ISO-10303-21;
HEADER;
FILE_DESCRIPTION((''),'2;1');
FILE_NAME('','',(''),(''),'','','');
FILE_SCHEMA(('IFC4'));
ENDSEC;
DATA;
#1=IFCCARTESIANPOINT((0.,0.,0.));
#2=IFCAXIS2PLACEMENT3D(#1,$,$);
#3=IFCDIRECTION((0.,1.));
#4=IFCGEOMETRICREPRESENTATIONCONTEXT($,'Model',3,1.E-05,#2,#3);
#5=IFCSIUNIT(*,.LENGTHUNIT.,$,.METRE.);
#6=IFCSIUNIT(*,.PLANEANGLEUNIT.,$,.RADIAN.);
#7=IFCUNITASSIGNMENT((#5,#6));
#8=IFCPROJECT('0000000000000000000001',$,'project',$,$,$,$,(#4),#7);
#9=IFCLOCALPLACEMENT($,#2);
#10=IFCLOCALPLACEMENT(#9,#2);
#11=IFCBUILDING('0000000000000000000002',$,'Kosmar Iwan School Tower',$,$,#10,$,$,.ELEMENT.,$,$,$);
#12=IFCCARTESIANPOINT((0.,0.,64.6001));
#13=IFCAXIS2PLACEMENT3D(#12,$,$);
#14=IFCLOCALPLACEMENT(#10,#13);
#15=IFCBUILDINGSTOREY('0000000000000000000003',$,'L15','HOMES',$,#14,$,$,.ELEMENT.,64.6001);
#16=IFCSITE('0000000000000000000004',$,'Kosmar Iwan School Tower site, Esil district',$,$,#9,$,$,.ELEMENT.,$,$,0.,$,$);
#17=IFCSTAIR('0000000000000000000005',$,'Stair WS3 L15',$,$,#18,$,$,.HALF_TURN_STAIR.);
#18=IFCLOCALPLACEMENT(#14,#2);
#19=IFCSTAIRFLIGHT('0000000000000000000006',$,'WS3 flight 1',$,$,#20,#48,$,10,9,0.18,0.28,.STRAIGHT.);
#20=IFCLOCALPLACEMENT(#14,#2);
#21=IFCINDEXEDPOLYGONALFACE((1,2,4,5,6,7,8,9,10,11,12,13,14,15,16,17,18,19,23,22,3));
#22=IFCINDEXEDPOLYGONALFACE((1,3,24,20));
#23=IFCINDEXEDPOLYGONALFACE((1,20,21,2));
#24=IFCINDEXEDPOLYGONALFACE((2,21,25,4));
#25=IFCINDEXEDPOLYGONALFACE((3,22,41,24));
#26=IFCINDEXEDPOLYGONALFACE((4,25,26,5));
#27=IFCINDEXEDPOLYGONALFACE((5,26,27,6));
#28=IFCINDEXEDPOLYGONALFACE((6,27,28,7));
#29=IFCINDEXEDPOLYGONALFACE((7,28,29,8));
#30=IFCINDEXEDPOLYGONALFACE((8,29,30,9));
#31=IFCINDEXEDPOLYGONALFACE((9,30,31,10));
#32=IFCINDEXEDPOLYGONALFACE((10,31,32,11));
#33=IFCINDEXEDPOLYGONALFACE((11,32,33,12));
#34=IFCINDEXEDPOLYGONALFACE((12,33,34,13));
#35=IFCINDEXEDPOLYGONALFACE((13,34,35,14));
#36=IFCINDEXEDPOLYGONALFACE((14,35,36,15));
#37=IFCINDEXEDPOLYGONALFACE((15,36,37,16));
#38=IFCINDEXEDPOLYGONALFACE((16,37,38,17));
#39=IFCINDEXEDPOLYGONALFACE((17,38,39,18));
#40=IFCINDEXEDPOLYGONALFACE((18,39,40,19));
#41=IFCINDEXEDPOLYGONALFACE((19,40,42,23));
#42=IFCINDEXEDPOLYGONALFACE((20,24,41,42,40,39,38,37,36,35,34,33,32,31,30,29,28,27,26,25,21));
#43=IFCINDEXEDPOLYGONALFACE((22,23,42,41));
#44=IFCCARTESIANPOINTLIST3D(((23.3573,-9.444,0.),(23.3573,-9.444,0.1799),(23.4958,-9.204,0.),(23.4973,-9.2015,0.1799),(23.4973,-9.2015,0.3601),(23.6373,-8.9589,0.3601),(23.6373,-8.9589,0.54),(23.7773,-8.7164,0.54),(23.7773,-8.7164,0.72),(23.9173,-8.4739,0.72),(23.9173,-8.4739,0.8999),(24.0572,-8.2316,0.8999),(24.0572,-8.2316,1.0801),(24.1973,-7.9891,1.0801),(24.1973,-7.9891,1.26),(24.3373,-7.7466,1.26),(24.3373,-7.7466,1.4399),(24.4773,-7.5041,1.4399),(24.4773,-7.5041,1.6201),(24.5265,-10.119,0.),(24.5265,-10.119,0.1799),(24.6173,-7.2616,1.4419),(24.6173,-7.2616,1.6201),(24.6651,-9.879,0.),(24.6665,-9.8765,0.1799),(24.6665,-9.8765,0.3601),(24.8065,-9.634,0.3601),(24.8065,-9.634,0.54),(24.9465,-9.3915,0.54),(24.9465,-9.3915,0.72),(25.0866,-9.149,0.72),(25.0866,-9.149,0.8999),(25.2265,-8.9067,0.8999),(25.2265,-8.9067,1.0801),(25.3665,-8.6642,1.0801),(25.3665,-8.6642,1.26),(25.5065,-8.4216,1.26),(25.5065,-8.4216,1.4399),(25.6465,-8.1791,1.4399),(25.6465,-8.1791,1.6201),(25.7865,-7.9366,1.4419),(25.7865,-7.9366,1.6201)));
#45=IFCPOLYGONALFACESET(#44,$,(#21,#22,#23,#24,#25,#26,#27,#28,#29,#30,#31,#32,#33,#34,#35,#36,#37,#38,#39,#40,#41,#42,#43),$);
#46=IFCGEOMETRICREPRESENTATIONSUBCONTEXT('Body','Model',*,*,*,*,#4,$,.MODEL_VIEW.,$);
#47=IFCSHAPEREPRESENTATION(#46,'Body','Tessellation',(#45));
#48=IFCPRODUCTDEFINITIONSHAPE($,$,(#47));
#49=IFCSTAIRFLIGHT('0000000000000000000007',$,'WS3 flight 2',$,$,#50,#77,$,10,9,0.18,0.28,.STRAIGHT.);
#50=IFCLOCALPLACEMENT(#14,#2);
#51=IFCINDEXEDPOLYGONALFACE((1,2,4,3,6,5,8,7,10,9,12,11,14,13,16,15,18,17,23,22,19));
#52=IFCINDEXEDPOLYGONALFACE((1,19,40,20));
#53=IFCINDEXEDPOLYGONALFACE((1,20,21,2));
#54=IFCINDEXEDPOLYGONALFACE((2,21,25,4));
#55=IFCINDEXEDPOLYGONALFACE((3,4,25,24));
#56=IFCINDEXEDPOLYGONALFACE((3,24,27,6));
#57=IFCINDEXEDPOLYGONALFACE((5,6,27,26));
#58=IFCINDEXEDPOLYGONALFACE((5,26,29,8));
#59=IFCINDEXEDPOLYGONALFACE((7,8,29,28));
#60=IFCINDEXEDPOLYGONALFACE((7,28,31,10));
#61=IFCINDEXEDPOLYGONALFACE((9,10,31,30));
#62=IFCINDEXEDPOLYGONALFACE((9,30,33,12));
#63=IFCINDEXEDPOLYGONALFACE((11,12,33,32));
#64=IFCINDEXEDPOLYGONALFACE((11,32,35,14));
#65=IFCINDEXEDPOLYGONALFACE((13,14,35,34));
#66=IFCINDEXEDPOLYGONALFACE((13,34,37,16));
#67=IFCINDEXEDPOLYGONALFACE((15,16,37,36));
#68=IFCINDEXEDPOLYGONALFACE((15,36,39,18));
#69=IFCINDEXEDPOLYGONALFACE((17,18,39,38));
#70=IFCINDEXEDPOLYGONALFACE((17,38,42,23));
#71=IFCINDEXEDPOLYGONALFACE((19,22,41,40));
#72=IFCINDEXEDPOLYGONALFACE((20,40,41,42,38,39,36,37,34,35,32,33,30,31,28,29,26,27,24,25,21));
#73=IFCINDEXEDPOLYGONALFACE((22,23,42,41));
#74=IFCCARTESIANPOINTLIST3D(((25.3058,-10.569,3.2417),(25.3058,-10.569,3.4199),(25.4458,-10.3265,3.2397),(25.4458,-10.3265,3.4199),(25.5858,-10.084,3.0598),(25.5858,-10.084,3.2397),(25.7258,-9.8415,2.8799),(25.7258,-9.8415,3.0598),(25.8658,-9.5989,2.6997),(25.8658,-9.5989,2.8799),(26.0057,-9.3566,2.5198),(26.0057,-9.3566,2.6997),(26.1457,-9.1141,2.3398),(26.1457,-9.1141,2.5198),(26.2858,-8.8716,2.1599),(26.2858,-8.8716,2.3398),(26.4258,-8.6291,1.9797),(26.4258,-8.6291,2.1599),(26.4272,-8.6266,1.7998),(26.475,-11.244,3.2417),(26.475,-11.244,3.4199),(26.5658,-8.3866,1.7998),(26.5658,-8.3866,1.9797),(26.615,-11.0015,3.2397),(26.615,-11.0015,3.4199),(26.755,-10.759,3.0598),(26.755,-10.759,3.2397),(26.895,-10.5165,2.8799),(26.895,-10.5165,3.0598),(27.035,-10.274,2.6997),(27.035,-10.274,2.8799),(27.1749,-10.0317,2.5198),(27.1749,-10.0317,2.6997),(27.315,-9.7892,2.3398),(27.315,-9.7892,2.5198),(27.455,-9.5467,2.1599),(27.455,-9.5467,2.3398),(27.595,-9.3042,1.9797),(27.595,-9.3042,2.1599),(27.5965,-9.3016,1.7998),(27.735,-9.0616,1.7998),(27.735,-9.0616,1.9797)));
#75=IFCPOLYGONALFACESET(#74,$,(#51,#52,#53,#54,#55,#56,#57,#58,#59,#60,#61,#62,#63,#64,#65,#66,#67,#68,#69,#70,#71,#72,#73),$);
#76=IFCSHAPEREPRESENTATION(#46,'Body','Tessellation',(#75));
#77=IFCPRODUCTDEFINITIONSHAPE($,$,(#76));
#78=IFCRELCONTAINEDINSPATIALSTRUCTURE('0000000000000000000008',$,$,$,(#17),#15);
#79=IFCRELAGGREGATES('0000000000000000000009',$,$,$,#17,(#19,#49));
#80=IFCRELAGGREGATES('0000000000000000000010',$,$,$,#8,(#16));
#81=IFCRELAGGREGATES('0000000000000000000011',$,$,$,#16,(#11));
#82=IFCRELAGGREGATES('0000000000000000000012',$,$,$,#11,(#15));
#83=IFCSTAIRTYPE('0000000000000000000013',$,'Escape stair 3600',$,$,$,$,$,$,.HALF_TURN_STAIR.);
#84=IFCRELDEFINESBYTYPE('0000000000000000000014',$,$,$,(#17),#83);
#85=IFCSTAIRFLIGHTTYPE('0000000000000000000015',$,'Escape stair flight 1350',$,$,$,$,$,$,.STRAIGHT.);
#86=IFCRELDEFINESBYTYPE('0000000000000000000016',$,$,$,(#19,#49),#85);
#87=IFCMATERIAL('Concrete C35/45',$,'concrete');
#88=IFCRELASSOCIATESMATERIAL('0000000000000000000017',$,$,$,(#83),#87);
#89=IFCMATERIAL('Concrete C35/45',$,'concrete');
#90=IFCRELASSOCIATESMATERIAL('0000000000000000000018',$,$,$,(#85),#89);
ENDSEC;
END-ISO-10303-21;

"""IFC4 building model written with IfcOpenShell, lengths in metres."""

from ifc_helpers import new_model, si_unit, direction, frame, origin, place, context, subcontext, project, spatial, polyline, outline, extrude, material, type_object, element, aggregate, save


model = new_model("IFC4")

# Units and contexts
model_context = context("Model", 3, precision=1e-05, world=origin(), true_north=direction((0.0, 1.0)))
body_context = subcontext(model_context, "Body", "Model", "MODEL_VIEW")
ifc_project = project(units=[si_unit("LENGTHUNIT", "METRE"), si_unit("PLANEANGLEUNIT", "RADIAN")], contexts=[model_context])

# Site, building, storey
site_placement = place(None, origin())
site = spatial("IfcSite", under=ifc_project, at=site_placement, Name="Kosmar Iwan School Tower site, Esil district", CompositionType="ELEMENT", RefElevation=0.0)
building_placement = place(site_placement, origin())
building = spatial("IfcBuilding", under=site, at=building_placement, Name="Kosmar Iwan School Tower", CompositionType="ELEMENT")
storey_placement = place(building_placement, frame((0.0, 0.0, 64.6001)))
storey = spatial("IfcBuildingStorey", under=building, at=storey_placement, Name="L15", Description="HOMES", CompositionType="ELEMENT", Elevation=64.6001)

# Stair, stair flights
ifc_material_1 = material(Name="Concrete C35/45", Category="concrete")
stair_type = type_object("IfcStairType", Name="Escape stair 3600", PredefinedType="HALF_TURN_STAIR", material=ifc_material_1)
stair_placement = place(storey_placement, origin())
stair = element("IfcStair", 1, at=stair_placement, inside=storey, type_object=stair_type, Name="Stair WS3 L15", PredefinedType="HALF_TURN_STAIR")
ifc_material_2 = material(Name="Concrete C35/45", Category="concrete")
stair_flight_type = type_object("IfcStairFlightType", Name="Escape stair flight 1350", PredefinedType="STRAIGHT", material=ifc_material_2)
stair_flight_1_placement = place(storey_placement, frame((23.9419, -9.7815, 0.0), z_axis=(0.0, 0.0, 1.0), x_axis=(0.5, 0.866025, 0.0)))
stair_flight_1 = element("IfcStairFlight", 2, at=stair_flight_1_placement, type_object=stair_flight_type, Name="WS3 flight 1", NumberOfRisers=10, NumberOfTreads=9, PredefinedType="STRAIGHT", RiserHeight=0.18, TreadLength=0.28, context=body_context, shape_type="SweptSolid", body=[
    extrude(outline(polyline([(0.0, 0.0), (0.0, 0.1799), (0.28, 0.1799), (0.28, 0.3601), (0.5601, 0.3601), (0.5601, 0.54), (0.8401, 0.54), (0.8401, 0.72), (1.1201, 0.72), (1.1201, 0.8999), (1.3999, 0.8999), (1.3999, 1.0801), (1.6799, 1.0801), (1.6799, 1.26), (1.96, 1.26), (1.96, 1.4399), (2.24, 1.4399), (2.24, 1.6201), (2.52, 1.6201), (2.52, 1.8), (2.52, 1.4419), (0.2771, 0.0), (0.0, 0.0)])), frame((0.0, 0.675, 0.0), z_axis=(0.0, -1.0, 0.0), x_axis=(1.0, 0.0, 0.0)), (0.0, 0.0, 1.0), 1.3501),
])
stair_flight_2_placement = place(storey_placement, frame((27.1504, -8.7241, 1.7998), z_axis=(0.0, 0.0, 1.0), x_axis=(-0.5, -0.866025, 0.0)))
stair_flight_2 = element("IfcStairFlight", 3, at=stair_flight_2_placement, type_object=stair_flight_type, Name="WS3 flight 2", NumberOfRisers=10, NumberOfTreads=9, PredefinedType="STRAIGHT", RiserHeight=0.18, TreadLength=0.28, context=body_context, shape_type="SweptSolid", body=[
    extrude(outline(polyline([(0.0, 0.0), (0.0, 0.1799), (0.28, 0.1799), (0.28, 0.3601), (0.5601, 0.3601), (0.5601, 0.54), (0.8401, 0.54), (0.8401, 0.72), (1.1201, 0.72), (1.1201, 0.8999), (1.3999, 0.8999), (1.3999, 1.0801), (1.6799, 1.0801), (1.6799, 1.26), (1.96, 1.26), (1.96, 1.4399), (2.24, 1.4399), (2.24, 1.6201), (2.52, 1.6201), (2.52, 1.8), (2.52, 1.4419), (0.2771, 0.0), (0.0, 0.0)])), frame((0.0, 0.675, 0.0), z_axis=(0.0, -1.0, 0.0), x_axis=(1.0, 0.0, 0.0)), (0.0, 0.0, 1.0), 1.3501),
])
aggregate(stair, [stair_flight_1, stair_flight_2])

save(model, "model.ifc")
